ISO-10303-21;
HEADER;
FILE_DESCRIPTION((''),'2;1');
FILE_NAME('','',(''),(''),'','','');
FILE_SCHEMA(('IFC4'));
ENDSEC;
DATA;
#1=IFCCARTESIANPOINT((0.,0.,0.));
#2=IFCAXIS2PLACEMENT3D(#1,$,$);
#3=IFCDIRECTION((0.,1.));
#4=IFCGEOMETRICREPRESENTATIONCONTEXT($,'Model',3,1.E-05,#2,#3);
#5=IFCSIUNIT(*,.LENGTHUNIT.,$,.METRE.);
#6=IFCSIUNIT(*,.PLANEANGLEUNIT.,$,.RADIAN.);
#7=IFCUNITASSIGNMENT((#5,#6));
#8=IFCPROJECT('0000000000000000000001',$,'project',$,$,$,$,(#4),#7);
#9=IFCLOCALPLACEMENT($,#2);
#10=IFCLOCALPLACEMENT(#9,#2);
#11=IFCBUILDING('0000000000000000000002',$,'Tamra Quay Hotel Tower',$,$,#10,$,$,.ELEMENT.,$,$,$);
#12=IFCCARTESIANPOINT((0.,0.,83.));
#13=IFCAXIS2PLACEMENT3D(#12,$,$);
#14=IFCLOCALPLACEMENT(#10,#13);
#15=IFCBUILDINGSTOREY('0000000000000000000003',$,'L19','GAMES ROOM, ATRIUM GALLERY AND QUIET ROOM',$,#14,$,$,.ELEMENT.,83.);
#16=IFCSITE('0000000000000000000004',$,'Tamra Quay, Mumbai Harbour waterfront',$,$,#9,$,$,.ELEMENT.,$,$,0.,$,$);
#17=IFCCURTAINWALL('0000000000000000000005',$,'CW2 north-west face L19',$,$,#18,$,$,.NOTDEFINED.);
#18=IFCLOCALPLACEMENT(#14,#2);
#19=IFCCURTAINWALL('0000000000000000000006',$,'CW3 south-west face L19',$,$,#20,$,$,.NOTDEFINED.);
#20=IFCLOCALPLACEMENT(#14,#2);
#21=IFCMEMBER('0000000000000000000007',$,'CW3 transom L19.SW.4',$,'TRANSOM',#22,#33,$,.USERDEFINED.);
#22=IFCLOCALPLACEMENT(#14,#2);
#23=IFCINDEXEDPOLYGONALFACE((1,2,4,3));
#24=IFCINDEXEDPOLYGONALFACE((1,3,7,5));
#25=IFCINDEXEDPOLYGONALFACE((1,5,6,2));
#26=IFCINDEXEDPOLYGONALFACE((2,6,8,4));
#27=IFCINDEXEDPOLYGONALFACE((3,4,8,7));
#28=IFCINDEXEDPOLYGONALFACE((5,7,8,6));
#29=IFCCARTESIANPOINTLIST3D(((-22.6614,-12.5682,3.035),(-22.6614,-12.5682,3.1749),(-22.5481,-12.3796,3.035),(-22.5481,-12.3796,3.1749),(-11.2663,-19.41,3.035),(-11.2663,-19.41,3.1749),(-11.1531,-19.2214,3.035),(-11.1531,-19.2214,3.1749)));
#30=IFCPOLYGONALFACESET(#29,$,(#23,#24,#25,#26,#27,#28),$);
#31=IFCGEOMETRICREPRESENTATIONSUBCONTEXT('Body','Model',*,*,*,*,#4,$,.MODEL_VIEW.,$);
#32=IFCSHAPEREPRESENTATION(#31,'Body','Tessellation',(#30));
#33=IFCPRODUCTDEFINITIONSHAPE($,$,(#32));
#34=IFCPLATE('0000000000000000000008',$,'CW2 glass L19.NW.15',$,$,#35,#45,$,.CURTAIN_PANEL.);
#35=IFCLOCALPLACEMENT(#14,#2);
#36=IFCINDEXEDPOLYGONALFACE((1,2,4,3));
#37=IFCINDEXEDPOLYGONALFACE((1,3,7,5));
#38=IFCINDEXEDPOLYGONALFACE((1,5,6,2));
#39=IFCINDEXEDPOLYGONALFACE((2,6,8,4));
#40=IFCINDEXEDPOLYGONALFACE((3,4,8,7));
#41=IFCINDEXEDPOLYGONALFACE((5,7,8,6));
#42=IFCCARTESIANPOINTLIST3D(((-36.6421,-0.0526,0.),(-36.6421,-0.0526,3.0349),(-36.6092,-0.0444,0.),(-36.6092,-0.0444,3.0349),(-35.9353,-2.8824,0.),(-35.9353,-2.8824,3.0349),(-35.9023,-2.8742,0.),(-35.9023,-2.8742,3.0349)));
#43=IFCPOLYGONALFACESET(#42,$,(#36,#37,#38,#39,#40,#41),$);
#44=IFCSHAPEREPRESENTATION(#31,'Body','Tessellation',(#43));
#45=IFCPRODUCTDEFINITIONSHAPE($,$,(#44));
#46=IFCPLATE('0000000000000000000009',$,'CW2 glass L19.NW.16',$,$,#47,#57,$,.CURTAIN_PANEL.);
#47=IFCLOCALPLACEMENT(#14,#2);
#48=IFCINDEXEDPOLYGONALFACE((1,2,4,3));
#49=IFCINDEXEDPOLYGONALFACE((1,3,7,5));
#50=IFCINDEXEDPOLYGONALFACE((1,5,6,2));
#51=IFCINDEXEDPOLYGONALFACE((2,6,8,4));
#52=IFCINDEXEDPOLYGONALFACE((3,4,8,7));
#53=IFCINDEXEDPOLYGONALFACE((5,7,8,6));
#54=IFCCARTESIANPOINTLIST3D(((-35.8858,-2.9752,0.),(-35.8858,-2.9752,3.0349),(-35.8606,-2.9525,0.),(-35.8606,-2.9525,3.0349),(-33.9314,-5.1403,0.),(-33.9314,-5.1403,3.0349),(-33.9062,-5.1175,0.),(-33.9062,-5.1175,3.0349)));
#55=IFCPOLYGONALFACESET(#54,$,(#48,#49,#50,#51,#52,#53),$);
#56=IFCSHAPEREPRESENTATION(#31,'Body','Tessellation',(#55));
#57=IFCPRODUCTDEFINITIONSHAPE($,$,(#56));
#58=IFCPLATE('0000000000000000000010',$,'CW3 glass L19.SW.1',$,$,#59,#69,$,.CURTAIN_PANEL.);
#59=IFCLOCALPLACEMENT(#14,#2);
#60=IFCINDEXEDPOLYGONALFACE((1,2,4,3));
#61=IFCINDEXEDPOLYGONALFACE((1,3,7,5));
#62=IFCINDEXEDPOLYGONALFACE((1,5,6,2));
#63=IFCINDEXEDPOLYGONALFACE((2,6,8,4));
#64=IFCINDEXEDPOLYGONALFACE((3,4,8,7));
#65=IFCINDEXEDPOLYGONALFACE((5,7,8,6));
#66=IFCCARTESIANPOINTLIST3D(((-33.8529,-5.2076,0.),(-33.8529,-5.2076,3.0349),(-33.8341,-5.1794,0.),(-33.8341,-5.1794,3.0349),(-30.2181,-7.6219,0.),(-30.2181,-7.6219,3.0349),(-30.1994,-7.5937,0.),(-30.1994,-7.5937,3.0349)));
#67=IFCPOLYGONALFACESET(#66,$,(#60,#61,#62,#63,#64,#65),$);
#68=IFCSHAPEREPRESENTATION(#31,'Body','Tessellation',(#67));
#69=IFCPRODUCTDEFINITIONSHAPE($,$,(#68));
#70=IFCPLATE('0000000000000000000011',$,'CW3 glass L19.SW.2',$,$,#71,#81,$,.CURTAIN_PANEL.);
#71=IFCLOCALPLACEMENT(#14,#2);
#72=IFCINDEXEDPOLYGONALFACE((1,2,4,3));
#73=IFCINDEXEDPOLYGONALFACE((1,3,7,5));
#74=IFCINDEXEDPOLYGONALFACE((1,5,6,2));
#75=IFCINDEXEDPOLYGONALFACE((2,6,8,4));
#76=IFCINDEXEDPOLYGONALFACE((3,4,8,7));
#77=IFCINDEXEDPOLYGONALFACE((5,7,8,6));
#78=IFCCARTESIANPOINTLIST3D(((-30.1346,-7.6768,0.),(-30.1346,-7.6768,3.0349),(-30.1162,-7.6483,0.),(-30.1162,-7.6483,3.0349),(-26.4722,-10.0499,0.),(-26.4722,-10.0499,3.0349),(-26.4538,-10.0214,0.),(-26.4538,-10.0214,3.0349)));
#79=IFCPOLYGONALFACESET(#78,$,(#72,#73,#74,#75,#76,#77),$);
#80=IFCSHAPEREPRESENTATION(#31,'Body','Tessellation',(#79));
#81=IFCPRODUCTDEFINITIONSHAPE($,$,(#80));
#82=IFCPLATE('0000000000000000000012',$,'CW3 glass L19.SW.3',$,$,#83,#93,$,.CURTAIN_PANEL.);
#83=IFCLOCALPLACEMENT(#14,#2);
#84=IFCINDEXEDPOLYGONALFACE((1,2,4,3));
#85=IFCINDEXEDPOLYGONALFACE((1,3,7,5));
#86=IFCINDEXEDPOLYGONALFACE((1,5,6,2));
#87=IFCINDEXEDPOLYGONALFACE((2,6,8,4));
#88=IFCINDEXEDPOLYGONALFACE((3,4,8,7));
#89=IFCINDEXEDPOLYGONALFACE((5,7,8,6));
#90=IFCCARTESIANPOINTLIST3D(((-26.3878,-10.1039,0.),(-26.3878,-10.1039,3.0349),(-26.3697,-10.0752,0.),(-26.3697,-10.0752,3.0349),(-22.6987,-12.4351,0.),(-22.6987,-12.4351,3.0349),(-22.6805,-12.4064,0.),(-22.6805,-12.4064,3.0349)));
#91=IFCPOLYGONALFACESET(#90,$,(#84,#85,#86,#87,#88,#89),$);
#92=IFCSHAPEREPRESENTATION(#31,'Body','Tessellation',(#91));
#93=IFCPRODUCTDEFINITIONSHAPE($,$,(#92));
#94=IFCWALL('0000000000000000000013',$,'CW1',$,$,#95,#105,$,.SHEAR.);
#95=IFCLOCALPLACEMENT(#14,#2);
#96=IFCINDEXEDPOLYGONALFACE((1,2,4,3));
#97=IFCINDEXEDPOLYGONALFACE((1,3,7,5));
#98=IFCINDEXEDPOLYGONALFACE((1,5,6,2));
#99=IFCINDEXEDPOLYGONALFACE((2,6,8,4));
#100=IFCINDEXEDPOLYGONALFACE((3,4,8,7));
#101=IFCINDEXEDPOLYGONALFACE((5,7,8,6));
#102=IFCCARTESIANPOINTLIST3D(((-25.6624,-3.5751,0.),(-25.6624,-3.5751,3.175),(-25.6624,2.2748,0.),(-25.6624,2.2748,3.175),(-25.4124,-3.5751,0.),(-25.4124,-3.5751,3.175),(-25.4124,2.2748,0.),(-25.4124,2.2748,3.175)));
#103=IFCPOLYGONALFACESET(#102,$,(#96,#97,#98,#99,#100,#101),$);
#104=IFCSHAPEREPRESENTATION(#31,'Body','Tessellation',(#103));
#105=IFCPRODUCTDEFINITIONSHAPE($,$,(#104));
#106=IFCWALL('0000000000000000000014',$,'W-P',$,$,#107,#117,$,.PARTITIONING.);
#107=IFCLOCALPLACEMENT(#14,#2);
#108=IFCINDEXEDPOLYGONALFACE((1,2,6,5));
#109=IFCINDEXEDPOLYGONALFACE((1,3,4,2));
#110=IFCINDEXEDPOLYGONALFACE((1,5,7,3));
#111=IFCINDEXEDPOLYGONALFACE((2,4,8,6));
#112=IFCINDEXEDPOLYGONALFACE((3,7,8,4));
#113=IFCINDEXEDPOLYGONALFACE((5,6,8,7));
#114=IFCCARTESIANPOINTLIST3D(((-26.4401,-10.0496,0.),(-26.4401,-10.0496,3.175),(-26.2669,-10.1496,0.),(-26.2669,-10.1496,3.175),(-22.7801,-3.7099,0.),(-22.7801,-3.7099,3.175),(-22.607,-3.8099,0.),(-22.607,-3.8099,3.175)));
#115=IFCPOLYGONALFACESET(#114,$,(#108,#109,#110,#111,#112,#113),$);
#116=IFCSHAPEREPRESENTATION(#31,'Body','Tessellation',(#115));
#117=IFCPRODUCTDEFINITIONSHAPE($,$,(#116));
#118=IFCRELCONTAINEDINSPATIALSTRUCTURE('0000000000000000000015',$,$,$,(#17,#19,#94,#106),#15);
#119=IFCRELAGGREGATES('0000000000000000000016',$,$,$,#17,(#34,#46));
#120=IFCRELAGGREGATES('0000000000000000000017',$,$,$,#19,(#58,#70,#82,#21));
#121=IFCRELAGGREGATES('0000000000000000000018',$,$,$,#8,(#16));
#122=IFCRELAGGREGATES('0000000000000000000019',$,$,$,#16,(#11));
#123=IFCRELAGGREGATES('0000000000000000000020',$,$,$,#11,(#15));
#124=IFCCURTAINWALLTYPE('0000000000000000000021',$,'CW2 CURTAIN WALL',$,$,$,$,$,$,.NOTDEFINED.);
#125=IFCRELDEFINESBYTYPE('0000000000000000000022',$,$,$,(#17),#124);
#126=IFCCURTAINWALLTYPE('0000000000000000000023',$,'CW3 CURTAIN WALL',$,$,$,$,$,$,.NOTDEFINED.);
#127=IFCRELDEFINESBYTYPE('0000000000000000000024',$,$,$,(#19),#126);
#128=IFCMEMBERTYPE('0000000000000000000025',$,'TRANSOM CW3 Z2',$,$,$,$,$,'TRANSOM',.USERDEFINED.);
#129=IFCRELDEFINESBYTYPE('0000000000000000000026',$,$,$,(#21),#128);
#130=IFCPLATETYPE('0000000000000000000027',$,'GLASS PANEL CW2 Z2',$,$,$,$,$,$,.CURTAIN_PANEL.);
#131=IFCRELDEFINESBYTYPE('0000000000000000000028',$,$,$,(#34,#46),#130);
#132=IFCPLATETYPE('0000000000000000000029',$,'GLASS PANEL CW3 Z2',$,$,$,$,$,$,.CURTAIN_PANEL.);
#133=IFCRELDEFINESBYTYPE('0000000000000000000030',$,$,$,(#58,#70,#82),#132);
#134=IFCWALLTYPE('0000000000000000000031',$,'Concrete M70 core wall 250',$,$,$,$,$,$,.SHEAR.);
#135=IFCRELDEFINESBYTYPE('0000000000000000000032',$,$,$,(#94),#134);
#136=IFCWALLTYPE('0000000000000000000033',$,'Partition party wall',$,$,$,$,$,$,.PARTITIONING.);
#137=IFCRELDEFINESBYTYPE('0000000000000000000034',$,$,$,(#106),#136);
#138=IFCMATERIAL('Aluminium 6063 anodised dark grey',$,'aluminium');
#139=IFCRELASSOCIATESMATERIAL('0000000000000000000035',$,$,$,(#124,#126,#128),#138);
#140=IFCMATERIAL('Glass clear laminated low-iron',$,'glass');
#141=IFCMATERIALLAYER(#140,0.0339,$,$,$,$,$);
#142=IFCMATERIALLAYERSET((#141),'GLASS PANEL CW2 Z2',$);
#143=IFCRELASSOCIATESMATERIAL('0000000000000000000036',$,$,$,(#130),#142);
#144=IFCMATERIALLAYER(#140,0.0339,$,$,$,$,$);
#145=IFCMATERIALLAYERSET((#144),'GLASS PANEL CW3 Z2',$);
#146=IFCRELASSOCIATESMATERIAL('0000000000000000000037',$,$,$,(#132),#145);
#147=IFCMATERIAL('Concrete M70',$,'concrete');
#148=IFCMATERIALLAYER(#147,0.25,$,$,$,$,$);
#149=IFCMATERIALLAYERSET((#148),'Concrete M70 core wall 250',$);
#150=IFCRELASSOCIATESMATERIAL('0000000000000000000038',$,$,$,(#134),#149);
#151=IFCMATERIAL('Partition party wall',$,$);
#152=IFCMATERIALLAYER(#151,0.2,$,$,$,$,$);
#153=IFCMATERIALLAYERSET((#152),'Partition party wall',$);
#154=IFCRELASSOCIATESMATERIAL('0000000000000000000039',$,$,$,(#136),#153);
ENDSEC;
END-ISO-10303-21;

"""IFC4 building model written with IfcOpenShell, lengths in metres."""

from ifc_helpers import new_model, si_unit, direction, frame, frame_2d, origin, origin_2d, place, context, subcontext, project, spatial, rectangle, extrude, material, layer, layer_set, material_profile, profile_set, type_object, element, aggregate, save


model = new_model("IFC4")

# Units and contexts
model_context = context("Model", 3, precision=1e-05, world=origin(), true_north=direction((0.0, 1.0)))
body_context = subcontext(model_context, "Body", "Model", "MODEL_VIEW")
ifc_project = project(units=[si_unit("LENGTHUNIT", "METRE"), si_unit("PLANEANGLEUNIT", "RADIAN")], contexts=[model_context])

# Site, building, storey
site_placement = place(None, origin())
site = spatial("IfcSite", under=ifc_project, at=site_placement, Name="Tamra Quay, Mumbai Harbour waterfront", CompositionType="ELEMENT", RefElevation=0.0)
building_placement = place(site_placement, origin())
building = spatial("IfcBuilding", under=site, at=building_placement, Name="Tamra Quay Hotel Tower", CompositionType="ELEMENT")
storey_placement = place(building_placement, frame((0.0, 0.0, 83.0)))
storey = spatial("IfcBuildingStorey", under=building, at=storey_placement, Name="L19", Description="GAMES ROOM, ATRIUM GALLERY AND QUIET ROOM", CompositionType="ELEMENT", Elevation=83.0)

# Shared definitions
ifc_material_1 = material(Name="Concrete M70", Category="concrete")

# Curtain wall
ifc_material_2 = material(Name="Aluminium 6063 anodised dark grey", Category="aluminium")
curtain_wall_type_1 = type_object("IfcCurtainWallType", Name="CW2 CURTAIN WALL", PredefinedType="NOTDEFINED", material=ifc_material_2)
curtain_wall_1_placement = place(storey_placement, origin())
curtain_wall_1 = element("IfcCurtainWall", 1, at=curtain_wall_1_placement, inside=storey, type_object=curtain_wall_type_1, Name="CW2 north-west face L19", PredefinedType="NOTDEFINED")

# Curtain wall
curtain_wall_type_2 = type_object("IfcCurtainWallType", Name="CW3 CURTAIN WALL", PredefinedType="NOTDEFINED", material=ifc_material_2)
curtain_wall_2_placement = place(storey_placement, origin())
curtain_wall_2 = element("IfcCurtainWall", 2, at=curtain_wall_2_placement, inside=storey, type_object=curtain_wall_type_2, Name="CW3 south-west face L19", PredefinedType="NOTDEFINED")

# Member
ifc_material_profile_1 = material_profile(ifc_material_2, rectangle(XDim=0.22, YDim=0.1399, at=origin_2d()), Name="TRANSOM 220X140")
ifc_profile_set_1 = profile_set([ifc_material_profile_1], Name="Aluminium 6063 anodised dark grey")
member_type_1 = type_object("IfcMemberType", Name="TRANSOM CW3 Z2", ElementType="TRANSOM", PredefinedType="USERDEFINED", material=ifc_profile_set_1)
member_1_placement = place(storey_placement, frame((-22.6047, -12.4739, 3.105), z_axis=(0.857334, -0.51476, 0.0), x_axis=(0.51476, 0.857334, 0.0)))
member_1 = element("IfcMember", 3, at=member_1_placement, type_object=member_type_1, Name="CW3 transom L19.SW.4", ObjectType="TRANSOM", PredefinedType="USERDEFINED", context=body_context, shape_type="SweptSolid", body=[
    extrude(rectangle(XDim=0.22, YDim=0.1399, at=origin_2d()), origin(), (0.0, 0.0, 1.0), 13.2913),
])

# Plates
ifc_material_3 = material(Name="Glass clear laminated low-iron", Category="glass")
ifc_layer_1 = layer(ifc_material_3, 0.0339)
ifc_layer_set_1 = layer_set([ifc_layer_1], Name="GLASS PANEL CW2 Z2")
plate_type_1 = type_object("IfcPlateType", Name="GLASS PANEL CW2 Z2", PredefinedType="CURTAIN_PANEL", material=ifc_layer_set_1)
plate_1_placement = place(storey_placement, frame((-36.2722, -1.4634, 0.0), z_axis=(0.0, 0.0, 1.0), x_axis=(0.242339, -0.970192, 0.0)))
plate_1 = element("IfcPlate", 4, at=plate_1_placement, type_object=plate_type_1, Name="CW2 glass L19.NW.15", PredefinedType="CURTAIN_PANEL", context=body_context, shape_type="SweptSolid", body=[
    extrude(rectangle(XDim=2.9167, YDim=0.0339, at=origin_2d()), origin(), (0.0, 0.0, 1.0), 3.0349),
])
plate_2_placement = place(storey_placement, frame((-34.896, -4.0464, 0.0), z_axis=(0.0, 0.0, 1.0), x_axis=(0.670088, -0.742282, 0.0)))
plate_2 = element("IfcPlate", 5, at=plate_2_placement, type_object=plate_type_1, Name="CW2 glass L19.NW.16", PredefinedType="CURTAIN_PANEL", context=body_context, shape_type="SweptSolid", body=[
    extrude(rectangle(XDim=2.9167, YDim=0.0339, at=origin_2d()), origin(), (0.0, 0.0, 1.0), 3.0349),
])
aggregate(curtain_wall_1, [plate_1, plate_2])
ifc_layer_2 = layer(ifc_material_3, 0.0339)
ifc_layer_set_2 = layer_set([ifc_layer_2], Name="GLASS PANEL CW3 Z2")
plate_type_2 = type_object("IfcPlateType", Name="GLASS PANEL CW3 Z2", PredefinedType="CURTAIN_PANEL", material=ifc_layer_set_2)
plate_3_placement = place(storey_placement, frame((-32.0261, -6.4006, 0.0), z_axis=(0.0, 0.0, 1.0), x_axis=(0.832988, -0.553291, 0.0)))
plate_3 = element("IfcPlate", 6, at=plate_3_placement, type_object=plate_type_2, Name="CW3 glass L19.SW.1", PredefinedType="CURTAIN_PANEL", context=body_context, shape_type="SweptSolid", body=[
    extrude(rectangle(XDim=4.3635, YDim=0.0339, at=origin_2d()), origin(), (0.0, 0.0, 1.0), 3.0349),
])
plate_4_placement = place(storey_placement, frame((-28.2942, -8.8491, 0.0), z_axis=(0.0, 0.0, 1.0), x_axis=(0.839224, -0.543786, 0.0)))
plate_4 = element("IfcPlate", 7, at=plate_4_placement, type_object=plate_type_2, Name="CW3 glass L19.SW.2", PredefinedType="CURTAIN_PANEL", context=body_context, shape_type="SweptSolid", body=[
    extrude(rectangle(XDim=4.364, YDim=0.0339, at=origin_2d()), origin(), (0.0, 0.0, 1.0), 3.0349),
])
plate_5_placement = place(storey_placement, frame((-24.5342, -11.2551, 0.0), z_axis=(0.0, 0.0, 1.0), x_axis=(0.845362, -0.534193, 0.0)))
plate_5 = element("IfcPlate", 8, at=plate_5_placement, type_object=plate_type_2, Name="CW3 glass L19.SW.3", PredefinedType="CURTAIN_PANEL", context=body_context, shape_type="SweptSolid", body=[
    extrude(rectangle(XDim=4.364, YDim=0.0339, at=origin_2d()), origin(), (0.0, 0.0, 1.0), 3.0349),
])
aggregate(curtain_wall_2, [plate_3, plate_4, plate_5, member_1])

# Walls
ifc_layer_3 = layer(ifc_material_1, 0.25)
ifc_layer_set_3 = layer_set([ifc_layer_3], Name="Concrete M70 core wall 250")
wall_type_1 = type_object("IfcWallType", Name="Concrete M70 core wall 250", PredefinedType="SHEAR", material=ifc_layer_set_3)
wall_1_placement = place(storey_placement, frame((-25.5374, -3.575, 0.0), z_axis=(0.0, 0.0, 1.0), x_axis=(0.0, 1.0, 0.0)))
element("IfcWall", 9, at=wall_1_placement, inside=storey, type_object=wall_type_1, Name="CW1", PredefinedType="SHEAR", context=body_context, shape_type="SweptSolid", body=[
    extrude(rectangle(XDim=5.8499, YDim=0.25, at=frame_2d((2.9248, 0.0))), origin(), (0.0, 0.0, 1.0), 3.175),
])
ifc_material_4 = material(Name="Partition party wall")
ifc_layer_4 = layer(ifc_material_4, 0.2)
ifc_layer_set_4 = layer_set([ifc_layer_4], Name="Partition party wall")
wall_type_2 = type_object("IfcWallType", Name="Partition party wall", PredefinedType="PARTITIONING", material=ifc_layer_set_4)
wall_2_placement = place(storey_placement, frame((-26.3535, -10.0996, 0.0), z_axis=(0.0, 0.0, 1.0), x_axis=(0.499974, 0.866041, 0.0)))
element("IfcWall", 10, at=wall_2_placement, inside=storey, type_object=wall_type_2, Name="W-P", PredefinedType="PARTITIONING", context=body_context, shape_type="SweptSolid", body=[
    extrude(rectangle(XDim=7.3203, YDim=0.2, at=frame_2d((3.6602, 0.0))), origin(), (0.0, 0.0, 1.0), 3.175),
])

save(model, "model.ifc")
